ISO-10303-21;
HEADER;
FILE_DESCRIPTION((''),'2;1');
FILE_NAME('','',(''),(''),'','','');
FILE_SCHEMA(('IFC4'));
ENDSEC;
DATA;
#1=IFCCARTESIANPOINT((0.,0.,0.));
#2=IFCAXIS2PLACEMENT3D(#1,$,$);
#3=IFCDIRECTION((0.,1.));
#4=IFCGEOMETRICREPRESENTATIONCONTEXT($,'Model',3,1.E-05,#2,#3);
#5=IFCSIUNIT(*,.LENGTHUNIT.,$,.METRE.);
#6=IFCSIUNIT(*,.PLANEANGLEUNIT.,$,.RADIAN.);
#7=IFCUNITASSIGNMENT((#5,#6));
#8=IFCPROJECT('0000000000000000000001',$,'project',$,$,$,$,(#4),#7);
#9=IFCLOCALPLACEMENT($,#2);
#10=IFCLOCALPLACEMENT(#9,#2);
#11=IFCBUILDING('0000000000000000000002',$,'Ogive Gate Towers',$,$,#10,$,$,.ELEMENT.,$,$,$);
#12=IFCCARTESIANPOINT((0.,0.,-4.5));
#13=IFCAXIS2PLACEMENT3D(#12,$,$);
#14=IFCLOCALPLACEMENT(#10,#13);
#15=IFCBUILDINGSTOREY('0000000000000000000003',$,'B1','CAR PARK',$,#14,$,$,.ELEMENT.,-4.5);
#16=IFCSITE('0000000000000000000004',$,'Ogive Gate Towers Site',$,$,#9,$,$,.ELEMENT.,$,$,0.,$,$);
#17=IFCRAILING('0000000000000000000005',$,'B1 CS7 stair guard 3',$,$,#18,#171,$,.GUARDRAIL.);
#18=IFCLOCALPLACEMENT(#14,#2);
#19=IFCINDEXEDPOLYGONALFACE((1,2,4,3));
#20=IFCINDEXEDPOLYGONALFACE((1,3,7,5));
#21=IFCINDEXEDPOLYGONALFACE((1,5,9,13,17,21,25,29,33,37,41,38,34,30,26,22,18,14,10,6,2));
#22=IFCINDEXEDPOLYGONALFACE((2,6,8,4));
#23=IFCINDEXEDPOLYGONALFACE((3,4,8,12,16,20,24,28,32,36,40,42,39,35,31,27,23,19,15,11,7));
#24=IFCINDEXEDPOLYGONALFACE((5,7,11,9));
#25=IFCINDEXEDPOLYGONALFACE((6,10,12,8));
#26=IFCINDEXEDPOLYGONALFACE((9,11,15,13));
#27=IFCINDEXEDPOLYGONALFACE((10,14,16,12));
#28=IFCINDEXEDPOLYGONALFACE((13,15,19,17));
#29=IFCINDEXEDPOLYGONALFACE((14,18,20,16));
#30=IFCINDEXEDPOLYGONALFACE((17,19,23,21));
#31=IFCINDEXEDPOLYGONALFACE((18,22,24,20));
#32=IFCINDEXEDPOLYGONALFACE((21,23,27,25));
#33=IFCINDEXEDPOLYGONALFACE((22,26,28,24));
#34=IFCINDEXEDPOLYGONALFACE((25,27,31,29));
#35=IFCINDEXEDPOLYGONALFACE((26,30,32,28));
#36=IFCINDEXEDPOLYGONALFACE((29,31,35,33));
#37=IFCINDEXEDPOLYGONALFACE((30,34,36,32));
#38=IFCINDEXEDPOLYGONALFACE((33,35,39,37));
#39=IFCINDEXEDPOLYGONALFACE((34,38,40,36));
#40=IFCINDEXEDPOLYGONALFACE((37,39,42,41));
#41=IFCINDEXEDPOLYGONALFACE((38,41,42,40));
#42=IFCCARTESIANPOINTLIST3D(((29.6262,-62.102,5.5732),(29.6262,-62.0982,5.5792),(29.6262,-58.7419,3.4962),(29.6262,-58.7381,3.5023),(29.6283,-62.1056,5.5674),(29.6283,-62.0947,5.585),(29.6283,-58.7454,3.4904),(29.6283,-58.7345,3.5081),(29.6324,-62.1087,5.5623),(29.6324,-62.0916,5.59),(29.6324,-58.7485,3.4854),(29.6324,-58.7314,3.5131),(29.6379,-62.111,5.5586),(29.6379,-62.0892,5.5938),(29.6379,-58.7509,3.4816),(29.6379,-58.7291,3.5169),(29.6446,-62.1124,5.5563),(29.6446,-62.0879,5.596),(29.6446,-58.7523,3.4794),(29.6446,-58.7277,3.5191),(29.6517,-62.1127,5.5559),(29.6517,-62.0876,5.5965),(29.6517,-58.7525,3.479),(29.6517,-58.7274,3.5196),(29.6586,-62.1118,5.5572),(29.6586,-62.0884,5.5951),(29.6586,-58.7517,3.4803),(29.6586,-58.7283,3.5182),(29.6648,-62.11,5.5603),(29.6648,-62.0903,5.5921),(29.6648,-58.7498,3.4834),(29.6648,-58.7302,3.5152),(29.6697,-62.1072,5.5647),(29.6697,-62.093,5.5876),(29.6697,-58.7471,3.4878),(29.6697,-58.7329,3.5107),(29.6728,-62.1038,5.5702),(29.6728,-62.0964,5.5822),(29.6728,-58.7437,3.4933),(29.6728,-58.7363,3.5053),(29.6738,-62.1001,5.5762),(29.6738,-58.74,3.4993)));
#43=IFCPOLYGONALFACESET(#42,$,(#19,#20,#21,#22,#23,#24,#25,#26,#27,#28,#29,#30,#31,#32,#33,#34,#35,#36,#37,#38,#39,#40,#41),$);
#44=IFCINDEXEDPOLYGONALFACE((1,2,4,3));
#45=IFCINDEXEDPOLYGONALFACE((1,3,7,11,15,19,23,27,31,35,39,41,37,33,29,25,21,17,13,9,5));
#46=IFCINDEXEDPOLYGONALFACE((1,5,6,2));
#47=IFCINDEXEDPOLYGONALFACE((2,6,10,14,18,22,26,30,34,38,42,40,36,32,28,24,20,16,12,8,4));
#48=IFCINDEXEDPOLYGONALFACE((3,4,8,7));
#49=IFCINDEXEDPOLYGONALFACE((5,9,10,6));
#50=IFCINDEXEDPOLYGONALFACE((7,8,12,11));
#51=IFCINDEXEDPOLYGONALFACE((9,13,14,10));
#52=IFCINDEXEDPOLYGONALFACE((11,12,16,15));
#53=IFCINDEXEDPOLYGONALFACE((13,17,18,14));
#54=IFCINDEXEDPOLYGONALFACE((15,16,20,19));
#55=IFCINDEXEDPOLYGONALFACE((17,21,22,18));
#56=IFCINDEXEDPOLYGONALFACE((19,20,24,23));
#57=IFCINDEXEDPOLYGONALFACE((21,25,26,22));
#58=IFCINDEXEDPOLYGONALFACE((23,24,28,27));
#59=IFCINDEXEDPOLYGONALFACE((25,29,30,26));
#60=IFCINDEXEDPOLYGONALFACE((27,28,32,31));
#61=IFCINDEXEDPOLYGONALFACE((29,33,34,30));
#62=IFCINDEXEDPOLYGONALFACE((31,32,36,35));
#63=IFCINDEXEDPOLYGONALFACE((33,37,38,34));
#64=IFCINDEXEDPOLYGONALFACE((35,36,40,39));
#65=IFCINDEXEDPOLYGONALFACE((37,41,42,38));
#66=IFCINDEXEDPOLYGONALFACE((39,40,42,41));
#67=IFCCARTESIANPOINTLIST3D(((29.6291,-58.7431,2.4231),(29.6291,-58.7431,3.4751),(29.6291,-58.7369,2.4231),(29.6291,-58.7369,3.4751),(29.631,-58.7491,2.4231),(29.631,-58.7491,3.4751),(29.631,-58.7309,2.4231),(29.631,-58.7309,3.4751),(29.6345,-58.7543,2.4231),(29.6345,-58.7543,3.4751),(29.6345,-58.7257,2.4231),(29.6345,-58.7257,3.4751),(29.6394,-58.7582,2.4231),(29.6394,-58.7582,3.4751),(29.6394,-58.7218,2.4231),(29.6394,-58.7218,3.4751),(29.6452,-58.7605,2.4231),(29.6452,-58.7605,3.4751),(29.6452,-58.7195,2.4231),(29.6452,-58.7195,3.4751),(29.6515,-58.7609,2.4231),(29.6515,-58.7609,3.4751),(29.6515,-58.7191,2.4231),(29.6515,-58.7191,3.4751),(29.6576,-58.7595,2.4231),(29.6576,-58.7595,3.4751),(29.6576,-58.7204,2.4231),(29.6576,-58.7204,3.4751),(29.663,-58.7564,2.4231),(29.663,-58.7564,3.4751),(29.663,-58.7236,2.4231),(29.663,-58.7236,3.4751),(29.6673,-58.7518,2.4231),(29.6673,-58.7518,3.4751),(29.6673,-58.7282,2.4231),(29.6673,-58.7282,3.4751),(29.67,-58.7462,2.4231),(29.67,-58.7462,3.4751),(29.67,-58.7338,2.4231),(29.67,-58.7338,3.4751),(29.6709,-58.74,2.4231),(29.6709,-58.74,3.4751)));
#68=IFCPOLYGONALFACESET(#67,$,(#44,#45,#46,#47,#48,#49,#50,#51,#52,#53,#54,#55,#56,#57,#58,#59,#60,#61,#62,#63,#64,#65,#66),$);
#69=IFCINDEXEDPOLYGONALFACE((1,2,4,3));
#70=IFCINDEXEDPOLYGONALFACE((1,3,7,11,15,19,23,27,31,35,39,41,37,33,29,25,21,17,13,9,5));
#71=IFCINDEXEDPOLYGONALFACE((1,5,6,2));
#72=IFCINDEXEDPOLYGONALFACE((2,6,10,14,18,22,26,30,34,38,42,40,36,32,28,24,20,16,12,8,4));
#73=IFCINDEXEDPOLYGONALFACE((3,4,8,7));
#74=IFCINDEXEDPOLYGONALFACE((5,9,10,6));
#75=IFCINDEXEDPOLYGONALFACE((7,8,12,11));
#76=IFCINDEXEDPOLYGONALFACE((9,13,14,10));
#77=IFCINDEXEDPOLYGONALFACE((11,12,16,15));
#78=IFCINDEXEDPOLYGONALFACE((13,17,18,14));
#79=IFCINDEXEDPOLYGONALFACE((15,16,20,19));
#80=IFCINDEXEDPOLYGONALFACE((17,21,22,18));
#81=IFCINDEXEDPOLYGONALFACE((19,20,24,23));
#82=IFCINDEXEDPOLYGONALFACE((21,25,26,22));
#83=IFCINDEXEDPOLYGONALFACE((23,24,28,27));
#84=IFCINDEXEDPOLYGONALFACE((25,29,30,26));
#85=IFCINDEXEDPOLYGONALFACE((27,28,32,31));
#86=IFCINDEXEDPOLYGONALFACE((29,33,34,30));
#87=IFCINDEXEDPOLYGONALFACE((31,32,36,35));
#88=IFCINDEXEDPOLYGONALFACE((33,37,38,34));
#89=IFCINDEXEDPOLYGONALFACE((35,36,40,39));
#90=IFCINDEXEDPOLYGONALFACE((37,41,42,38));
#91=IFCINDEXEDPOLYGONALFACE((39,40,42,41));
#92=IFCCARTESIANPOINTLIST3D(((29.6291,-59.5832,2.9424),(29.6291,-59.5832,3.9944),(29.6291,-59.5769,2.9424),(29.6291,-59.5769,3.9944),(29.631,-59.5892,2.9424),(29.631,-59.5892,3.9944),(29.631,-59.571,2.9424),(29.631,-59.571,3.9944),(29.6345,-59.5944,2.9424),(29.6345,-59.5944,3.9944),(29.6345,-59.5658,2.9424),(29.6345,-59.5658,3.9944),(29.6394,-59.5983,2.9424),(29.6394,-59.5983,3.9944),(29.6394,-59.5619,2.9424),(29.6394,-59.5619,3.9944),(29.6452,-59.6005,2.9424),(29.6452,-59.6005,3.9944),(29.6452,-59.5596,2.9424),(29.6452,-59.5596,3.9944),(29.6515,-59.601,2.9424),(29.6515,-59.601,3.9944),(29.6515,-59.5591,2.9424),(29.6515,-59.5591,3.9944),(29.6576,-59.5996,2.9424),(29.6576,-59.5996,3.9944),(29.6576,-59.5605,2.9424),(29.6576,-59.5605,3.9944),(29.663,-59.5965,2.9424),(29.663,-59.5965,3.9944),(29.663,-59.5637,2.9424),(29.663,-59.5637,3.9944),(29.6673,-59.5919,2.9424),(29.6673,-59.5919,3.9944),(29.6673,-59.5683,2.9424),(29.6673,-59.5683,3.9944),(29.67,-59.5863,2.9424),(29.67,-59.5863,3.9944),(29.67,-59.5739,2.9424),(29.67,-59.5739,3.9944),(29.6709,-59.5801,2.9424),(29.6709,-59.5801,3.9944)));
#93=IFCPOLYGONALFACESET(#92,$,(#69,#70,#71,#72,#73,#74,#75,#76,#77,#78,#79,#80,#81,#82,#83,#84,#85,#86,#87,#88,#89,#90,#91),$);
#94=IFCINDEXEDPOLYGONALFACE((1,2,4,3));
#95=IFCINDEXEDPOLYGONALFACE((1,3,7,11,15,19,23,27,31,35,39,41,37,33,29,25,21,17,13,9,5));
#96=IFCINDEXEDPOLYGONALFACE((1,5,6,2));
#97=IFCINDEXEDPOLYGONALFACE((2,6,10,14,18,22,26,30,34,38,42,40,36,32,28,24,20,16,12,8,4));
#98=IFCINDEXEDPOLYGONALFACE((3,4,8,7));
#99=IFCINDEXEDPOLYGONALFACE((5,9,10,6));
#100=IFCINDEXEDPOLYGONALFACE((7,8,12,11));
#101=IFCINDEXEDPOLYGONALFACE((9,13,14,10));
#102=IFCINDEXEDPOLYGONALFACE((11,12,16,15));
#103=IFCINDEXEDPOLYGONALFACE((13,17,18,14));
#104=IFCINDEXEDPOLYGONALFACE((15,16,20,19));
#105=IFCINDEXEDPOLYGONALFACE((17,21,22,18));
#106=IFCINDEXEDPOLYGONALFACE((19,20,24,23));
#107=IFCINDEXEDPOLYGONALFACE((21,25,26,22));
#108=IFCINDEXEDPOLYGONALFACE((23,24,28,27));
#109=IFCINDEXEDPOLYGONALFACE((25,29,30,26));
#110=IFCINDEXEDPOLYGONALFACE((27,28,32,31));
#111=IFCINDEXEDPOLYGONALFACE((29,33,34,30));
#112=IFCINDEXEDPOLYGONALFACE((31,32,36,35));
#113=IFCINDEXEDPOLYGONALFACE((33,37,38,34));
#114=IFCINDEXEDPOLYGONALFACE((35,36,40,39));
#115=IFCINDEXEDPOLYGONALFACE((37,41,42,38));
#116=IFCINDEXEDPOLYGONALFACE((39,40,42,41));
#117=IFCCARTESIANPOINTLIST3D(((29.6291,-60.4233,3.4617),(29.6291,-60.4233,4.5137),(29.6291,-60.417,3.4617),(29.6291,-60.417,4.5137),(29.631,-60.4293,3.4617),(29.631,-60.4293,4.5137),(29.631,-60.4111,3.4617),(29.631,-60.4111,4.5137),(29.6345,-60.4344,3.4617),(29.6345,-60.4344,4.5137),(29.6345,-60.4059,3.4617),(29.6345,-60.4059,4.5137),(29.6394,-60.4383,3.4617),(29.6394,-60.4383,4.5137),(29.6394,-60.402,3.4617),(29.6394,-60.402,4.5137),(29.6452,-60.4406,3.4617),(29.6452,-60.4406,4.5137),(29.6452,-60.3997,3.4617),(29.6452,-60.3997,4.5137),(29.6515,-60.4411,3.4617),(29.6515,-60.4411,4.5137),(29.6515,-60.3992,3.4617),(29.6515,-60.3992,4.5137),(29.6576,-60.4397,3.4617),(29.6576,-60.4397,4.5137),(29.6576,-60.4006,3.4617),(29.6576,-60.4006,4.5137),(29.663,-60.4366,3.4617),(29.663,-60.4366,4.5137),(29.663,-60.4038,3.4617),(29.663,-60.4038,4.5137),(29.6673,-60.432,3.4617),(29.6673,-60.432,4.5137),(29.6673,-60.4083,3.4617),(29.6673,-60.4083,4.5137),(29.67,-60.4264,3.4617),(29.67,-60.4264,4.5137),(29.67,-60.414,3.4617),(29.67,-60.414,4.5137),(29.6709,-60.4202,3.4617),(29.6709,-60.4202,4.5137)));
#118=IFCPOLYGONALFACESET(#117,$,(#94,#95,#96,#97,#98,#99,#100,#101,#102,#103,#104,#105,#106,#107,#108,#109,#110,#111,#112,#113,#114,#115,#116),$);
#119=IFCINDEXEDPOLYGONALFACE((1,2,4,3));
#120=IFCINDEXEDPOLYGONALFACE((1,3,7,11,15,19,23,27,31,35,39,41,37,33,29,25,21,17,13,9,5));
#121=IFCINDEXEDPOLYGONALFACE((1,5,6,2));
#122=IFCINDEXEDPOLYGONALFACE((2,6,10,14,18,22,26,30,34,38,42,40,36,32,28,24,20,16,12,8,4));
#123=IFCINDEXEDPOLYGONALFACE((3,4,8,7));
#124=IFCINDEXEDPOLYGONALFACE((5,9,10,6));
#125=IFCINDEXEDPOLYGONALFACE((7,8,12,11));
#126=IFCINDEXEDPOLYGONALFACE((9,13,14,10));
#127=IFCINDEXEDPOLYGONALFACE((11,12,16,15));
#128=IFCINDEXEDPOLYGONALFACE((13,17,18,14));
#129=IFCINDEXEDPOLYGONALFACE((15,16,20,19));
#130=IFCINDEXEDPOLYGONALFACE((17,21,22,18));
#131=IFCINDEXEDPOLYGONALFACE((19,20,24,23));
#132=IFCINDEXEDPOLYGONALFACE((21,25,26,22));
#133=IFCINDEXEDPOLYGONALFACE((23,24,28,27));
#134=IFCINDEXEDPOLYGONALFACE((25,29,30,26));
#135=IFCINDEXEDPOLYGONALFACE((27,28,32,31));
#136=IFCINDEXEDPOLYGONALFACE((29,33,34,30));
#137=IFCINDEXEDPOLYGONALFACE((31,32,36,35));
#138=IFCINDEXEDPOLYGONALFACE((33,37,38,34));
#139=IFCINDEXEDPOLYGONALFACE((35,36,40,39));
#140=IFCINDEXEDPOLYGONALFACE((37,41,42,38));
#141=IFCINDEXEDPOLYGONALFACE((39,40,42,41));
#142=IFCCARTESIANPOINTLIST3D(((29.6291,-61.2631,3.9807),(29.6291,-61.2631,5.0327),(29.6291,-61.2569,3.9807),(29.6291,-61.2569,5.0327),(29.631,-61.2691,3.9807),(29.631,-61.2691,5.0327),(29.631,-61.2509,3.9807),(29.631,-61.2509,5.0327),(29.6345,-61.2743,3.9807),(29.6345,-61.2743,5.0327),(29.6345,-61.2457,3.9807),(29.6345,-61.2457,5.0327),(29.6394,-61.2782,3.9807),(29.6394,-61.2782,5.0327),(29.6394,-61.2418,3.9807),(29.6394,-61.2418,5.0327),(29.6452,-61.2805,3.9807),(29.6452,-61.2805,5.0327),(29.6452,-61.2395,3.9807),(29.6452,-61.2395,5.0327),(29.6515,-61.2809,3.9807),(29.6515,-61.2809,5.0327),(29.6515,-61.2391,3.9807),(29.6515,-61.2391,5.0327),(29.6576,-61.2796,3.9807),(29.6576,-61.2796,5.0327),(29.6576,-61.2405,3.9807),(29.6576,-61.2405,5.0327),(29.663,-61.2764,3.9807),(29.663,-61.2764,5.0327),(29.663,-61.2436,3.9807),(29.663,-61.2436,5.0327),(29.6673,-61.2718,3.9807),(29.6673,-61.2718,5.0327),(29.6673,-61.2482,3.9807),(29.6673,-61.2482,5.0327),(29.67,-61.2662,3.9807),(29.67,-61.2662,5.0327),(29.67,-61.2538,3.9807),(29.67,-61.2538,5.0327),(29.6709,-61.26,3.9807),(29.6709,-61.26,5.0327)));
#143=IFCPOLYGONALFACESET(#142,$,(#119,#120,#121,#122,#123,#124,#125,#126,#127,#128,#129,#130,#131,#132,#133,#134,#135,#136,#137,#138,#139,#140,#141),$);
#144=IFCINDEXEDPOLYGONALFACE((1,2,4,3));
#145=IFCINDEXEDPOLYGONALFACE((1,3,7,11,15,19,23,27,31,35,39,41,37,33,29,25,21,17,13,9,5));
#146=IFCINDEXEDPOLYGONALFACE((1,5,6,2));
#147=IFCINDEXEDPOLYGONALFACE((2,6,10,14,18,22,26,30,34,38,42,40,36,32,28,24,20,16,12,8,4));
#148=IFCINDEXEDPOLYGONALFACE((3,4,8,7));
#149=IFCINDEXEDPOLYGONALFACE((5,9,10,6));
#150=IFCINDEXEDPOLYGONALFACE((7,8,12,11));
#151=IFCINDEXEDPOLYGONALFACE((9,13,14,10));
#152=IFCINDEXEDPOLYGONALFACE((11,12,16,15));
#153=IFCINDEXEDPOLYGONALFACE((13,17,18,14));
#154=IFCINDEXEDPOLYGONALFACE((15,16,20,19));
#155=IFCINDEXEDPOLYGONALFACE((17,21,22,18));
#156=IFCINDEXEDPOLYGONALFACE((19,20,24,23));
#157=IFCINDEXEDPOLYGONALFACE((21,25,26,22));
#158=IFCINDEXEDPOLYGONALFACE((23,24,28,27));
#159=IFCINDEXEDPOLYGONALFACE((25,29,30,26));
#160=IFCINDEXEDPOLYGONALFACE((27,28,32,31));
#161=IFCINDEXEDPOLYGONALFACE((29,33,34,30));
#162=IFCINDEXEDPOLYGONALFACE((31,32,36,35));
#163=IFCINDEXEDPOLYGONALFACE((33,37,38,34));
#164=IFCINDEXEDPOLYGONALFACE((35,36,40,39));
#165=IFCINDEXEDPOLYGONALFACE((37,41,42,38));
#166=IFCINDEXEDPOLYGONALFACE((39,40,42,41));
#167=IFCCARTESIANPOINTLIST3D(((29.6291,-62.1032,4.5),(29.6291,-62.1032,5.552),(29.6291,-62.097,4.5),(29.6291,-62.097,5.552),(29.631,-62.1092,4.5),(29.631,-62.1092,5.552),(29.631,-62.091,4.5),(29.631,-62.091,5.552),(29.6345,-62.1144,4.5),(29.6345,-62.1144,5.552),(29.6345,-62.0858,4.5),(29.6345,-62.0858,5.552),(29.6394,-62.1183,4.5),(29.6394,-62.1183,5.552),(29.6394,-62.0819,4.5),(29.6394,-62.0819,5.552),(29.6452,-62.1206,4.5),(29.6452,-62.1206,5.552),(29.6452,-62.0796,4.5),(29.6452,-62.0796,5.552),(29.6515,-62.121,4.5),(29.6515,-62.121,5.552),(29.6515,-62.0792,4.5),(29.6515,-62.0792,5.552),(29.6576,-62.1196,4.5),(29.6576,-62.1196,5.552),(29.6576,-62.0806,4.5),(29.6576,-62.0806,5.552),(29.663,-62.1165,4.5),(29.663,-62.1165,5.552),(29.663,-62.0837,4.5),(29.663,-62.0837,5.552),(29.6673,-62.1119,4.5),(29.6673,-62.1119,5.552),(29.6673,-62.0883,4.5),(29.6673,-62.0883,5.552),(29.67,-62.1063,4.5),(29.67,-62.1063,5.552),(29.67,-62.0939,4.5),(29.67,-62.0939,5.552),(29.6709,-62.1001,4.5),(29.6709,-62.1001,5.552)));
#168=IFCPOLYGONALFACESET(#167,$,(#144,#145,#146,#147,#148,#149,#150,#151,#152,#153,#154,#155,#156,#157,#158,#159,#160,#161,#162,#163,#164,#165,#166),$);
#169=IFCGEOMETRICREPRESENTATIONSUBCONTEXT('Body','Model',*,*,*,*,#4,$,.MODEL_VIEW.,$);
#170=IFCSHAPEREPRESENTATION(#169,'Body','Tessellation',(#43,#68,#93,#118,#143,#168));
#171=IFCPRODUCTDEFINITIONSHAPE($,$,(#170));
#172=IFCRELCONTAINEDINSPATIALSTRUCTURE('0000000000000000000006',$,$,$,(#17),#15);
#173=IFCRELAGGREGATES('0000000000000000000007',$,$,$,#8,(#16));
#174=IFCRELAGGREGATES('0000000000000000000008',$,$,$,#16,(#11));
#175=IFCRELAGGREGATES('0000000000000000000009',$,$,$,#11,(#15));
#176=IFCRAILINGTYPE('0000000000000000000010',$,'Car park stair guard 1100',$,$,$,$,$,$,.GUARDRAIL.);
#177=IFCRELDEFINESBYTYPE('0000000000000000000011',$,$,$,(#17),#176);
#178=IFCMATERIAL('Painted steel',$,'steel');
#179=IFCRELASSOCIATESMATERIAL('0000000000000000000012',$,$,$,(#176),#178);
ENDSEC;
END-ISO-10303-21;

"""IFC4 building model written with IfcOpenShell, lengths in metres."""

from ifc_helpers import new_model, si_unit, direction, frame, origin, origin_2d, place, context, subcontext, project, spatial, circle, extrude, material, type_object, element, save


model = new_model("IFC4")

# Units and contexts
model_context = context("Model", 3, precision=1e-05, world=origin(), true_north=direction((0.0, 1.0)))
body_context = subcontext(model_context, "Body", "Model", "MODEL_VIEW")
ifc_project = project(units=[si_unit("LENGTHUNIT", "METRE"), si_unit("PLANEANGLEUNIT", "RADIAN")], contexts=[model_context])

# Site, building, storey
site_placement = place(None, origin())
site = spatial("IfcSite", under=ifc_project, at=site_placement, Name="Ogive Gate Towers Site", CompositionType="ELEMENT", RefElevation=0.0)
building_placement = place(site_placement, origin())
building = spatial("IfcBuilding", under=site, at=building_placement, Name="Ogive Gate Towers", CompositionType="ELEMENT")
storey_placement = place(building_placement, frame((0.0, 0.0, -4.5)))
storey = spatial("IfcBuildingStorey", under=building, at=storey_placement, Name="B1", Description="CAR PARK", CompositionType="ELEMENT", Elevation=-4.5)

# Railing
ifc_material_1 = material(Name="Painted steel", Category="steel")
railing_type_1 = type_object("IfcRailingType", Name="Car park stair guard 1100", PredefinedType="GUARDRAIL", material=ifc_material_1)
railing_1_placement = place(storey_placement, frame((29.6499, -58.74, 2.4231)))
element("IfcRailing", 1, at=railing_1_placement, inside=storey, type_object=railing_type_1, Name="B1 CS7 stair guard 3", PredefinedType="GUARDRAIL", context=body_context, shape_type="SweptSolid", body=[
    extrude(circle(Radius=0.0239, at=origin_2d()), frame((0.0, 0.0, 1.0762), z_axis=(0.0, -0.850623, 0.525776), x_axis=(1.0, 0.0, 0.0)), (0.0, 0.0, 1.0), 3.9502),
    extrude(circle(Radius=0.021, at=origin_2d()), origin(), (0.0, 0.0, 1.0), 1.052),
    extrude(circle(Radius=0.021, at=origin_2d()), frame((0.0, -0.8401, 0.5193)), (0.0, 0.0, 1.0), 1.052),
    extrude(circle(Radius=0.021, at=origin_2d()), frame((0.0, -1.6802, 1.0386)), (0.0, 0.0, 1.0), 1.052),
    extrude(circle(Radius=0.021, at=origin_2d()), frame((0.0, -2.52, 1.5576)), (0.0, 0.0, 1.0), 1.052),
    extrude(circle(Radius=0.021, at=origin_2d()), frame((0.0, -3.3601, 2.0769)), (0.0, 0.0, 1.0), 1.052),
])

save(model, "model.ifc")
